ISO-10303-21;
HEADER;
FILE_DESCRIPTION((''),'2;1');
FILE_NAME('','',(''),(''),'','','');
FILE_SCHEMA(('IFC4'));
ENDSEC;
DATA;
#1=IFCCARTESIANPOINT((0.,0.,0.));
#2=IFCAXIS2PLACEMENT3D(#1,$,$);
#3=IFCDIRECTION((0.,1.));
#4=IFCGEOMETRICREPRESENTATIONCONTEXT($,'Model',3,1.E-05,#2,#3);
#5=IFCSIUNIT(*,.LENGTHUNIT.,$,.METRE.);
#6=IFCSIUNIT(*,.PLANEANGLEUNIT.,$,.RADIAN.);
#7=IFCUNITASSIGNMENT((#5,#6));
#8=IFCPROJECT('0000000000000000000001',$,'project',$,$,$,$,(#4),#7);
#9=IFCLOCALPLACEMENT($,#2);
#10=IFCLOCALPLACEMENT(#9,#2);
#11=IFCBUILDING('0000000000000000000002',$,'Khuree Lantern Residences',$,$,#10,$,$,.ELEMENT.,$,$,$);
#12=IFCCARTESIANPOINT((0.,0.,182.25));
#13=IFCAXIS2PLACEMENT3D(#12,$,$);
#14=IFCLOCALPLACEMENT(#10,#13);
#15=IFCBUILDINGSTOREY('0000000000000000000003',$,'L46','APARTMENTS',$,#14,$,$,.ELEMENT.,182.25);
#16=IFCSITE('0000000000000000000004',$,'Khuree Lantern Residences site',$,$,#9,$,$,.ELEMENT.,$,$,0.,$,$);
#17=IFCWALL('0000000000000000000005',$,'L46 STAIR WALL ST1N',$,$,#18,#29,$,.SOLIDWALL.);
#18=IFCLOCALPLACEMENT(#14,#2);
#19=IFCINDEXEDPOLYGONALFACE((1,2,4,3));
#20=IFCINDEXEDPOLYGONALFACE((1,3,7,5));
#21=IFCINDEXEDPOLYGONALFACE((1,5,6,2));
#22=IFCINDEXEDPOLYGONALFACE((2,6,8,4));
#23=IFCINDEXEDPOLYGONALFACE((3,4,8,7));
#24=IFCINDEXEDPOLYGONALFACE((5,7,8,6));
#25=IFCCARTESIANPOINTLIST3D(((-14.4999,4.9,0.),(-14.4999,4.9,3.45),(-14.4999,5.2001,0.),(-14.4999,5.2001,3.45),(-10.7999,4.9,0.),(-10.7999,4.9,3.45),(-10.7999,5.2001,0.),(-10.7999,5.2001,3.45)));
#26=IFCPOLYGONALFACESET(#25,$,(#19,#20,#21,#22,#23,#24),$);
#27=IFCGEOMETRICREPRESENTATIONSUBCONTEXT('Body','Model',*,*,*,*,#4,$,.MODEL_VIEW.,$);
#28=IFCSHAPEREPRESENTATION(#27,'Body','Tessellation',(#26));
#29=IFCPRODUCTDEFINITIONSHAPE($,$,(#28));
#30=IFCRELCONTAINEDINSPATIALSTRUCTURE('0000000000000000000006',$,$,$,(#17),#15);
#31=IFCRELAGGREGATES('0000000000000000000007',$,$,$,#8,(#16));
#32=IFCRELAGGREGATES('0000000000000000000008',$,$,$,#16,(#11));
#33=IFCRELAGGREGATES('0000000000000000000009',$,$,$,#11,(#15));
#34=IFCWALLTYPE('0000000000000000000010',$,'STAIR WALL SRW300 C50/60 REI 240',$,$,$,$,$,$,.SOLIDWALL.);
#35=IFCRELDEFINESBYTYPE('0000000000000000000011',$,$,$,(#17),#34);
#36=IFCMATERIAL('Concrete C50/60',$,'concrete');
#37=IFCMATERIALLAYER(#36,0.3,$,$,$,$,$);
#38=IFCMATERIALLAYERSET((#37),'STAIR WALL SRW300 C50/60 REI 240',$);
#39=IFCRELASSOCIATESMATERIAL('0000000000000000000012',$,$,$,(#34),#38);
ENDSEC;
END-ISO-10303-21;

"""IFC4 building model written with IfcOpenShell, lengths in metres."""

from ifc_helpers import new_model, si_unit, direction, frame, frame_2d, origin, place, context, subcontext, project, spatial, rectangle, extrude, material, layer, layer_set, type_object, element, save


model = new_model("IFC4")

# Units and contexts
model_context = context("Model", 3, precision=1e-05, world=origin(), true_north=direction((0.0, 1.0)))
body_context = subcontext(model_context, "Body", "Model", "MODEL_VIEW")
ifc_project = project(units=[si_unit("LENGTHUNIT", "METRE"), si_unit("PLANEANGLEUNIT", "RADIAN")], contexts=[model_context])

# Site, building, storey
site_placement = place(None, origin())
site = spatial("IfcSite", under=ifc_project, at=site_placement, Name="Khuree Lantern Residences site", CompositionType="ELEMENT", RefElevation=0.0)
building_placement = place(site_placement, origin())
building = spatial("IfcBuilding", under=site, at=building_placement, Name="Khuree Lantern Residences", CompositionType="ELEMENT")
storey_placement = place(building_placement, frame((0.0, 0.0, 182.25)))
storey = spatial("IfcBuildingStorey", under=building, at=storey_placement, Name="L46", Description="APARTMENTS", CompositionType="ELEMENT", Elevation=182.25)

# Wall
ifc_material_1 = material(Name="Concrete C50/60", Category="concrete")
ifc_layer_1 = layer(ifc_material_1, 0.3)
ifc_layer_set_1 = layer_set([ifc_layer_1], Name="STAIR WALL SRW300 C50/60 REI 240")
wall_type_1 = type_object("IfcWallType", Name="STAIR WALL SRW300 C50/60 REI 240", PredefinedType="SOLIDWALL", material=ifc_layer_set_1)
wall_1_placement = place(storey_placement, frame((-14.5, 5.05, 0.0), z_axis=(0.0, 0.0, 1.0), x_axis=(1.0, 0.0, 0.0)))
element("IfcWall", 1, at=wall_1_placement, inside=storey, type_object=wall_type_1, Name="L46 STAIR WALL ST1N", PredefinedType="SOLIDWALL", context=body_context, shape_type="SweptSolid", body=[
    extrude(rectangle(XDim=3.7, YDim=0.3, at=frame_2d((1.8501, 0.0))), origin(), (0.0, 0.0, 1.0), 3.45),
])

save(model, "model.ifc")
